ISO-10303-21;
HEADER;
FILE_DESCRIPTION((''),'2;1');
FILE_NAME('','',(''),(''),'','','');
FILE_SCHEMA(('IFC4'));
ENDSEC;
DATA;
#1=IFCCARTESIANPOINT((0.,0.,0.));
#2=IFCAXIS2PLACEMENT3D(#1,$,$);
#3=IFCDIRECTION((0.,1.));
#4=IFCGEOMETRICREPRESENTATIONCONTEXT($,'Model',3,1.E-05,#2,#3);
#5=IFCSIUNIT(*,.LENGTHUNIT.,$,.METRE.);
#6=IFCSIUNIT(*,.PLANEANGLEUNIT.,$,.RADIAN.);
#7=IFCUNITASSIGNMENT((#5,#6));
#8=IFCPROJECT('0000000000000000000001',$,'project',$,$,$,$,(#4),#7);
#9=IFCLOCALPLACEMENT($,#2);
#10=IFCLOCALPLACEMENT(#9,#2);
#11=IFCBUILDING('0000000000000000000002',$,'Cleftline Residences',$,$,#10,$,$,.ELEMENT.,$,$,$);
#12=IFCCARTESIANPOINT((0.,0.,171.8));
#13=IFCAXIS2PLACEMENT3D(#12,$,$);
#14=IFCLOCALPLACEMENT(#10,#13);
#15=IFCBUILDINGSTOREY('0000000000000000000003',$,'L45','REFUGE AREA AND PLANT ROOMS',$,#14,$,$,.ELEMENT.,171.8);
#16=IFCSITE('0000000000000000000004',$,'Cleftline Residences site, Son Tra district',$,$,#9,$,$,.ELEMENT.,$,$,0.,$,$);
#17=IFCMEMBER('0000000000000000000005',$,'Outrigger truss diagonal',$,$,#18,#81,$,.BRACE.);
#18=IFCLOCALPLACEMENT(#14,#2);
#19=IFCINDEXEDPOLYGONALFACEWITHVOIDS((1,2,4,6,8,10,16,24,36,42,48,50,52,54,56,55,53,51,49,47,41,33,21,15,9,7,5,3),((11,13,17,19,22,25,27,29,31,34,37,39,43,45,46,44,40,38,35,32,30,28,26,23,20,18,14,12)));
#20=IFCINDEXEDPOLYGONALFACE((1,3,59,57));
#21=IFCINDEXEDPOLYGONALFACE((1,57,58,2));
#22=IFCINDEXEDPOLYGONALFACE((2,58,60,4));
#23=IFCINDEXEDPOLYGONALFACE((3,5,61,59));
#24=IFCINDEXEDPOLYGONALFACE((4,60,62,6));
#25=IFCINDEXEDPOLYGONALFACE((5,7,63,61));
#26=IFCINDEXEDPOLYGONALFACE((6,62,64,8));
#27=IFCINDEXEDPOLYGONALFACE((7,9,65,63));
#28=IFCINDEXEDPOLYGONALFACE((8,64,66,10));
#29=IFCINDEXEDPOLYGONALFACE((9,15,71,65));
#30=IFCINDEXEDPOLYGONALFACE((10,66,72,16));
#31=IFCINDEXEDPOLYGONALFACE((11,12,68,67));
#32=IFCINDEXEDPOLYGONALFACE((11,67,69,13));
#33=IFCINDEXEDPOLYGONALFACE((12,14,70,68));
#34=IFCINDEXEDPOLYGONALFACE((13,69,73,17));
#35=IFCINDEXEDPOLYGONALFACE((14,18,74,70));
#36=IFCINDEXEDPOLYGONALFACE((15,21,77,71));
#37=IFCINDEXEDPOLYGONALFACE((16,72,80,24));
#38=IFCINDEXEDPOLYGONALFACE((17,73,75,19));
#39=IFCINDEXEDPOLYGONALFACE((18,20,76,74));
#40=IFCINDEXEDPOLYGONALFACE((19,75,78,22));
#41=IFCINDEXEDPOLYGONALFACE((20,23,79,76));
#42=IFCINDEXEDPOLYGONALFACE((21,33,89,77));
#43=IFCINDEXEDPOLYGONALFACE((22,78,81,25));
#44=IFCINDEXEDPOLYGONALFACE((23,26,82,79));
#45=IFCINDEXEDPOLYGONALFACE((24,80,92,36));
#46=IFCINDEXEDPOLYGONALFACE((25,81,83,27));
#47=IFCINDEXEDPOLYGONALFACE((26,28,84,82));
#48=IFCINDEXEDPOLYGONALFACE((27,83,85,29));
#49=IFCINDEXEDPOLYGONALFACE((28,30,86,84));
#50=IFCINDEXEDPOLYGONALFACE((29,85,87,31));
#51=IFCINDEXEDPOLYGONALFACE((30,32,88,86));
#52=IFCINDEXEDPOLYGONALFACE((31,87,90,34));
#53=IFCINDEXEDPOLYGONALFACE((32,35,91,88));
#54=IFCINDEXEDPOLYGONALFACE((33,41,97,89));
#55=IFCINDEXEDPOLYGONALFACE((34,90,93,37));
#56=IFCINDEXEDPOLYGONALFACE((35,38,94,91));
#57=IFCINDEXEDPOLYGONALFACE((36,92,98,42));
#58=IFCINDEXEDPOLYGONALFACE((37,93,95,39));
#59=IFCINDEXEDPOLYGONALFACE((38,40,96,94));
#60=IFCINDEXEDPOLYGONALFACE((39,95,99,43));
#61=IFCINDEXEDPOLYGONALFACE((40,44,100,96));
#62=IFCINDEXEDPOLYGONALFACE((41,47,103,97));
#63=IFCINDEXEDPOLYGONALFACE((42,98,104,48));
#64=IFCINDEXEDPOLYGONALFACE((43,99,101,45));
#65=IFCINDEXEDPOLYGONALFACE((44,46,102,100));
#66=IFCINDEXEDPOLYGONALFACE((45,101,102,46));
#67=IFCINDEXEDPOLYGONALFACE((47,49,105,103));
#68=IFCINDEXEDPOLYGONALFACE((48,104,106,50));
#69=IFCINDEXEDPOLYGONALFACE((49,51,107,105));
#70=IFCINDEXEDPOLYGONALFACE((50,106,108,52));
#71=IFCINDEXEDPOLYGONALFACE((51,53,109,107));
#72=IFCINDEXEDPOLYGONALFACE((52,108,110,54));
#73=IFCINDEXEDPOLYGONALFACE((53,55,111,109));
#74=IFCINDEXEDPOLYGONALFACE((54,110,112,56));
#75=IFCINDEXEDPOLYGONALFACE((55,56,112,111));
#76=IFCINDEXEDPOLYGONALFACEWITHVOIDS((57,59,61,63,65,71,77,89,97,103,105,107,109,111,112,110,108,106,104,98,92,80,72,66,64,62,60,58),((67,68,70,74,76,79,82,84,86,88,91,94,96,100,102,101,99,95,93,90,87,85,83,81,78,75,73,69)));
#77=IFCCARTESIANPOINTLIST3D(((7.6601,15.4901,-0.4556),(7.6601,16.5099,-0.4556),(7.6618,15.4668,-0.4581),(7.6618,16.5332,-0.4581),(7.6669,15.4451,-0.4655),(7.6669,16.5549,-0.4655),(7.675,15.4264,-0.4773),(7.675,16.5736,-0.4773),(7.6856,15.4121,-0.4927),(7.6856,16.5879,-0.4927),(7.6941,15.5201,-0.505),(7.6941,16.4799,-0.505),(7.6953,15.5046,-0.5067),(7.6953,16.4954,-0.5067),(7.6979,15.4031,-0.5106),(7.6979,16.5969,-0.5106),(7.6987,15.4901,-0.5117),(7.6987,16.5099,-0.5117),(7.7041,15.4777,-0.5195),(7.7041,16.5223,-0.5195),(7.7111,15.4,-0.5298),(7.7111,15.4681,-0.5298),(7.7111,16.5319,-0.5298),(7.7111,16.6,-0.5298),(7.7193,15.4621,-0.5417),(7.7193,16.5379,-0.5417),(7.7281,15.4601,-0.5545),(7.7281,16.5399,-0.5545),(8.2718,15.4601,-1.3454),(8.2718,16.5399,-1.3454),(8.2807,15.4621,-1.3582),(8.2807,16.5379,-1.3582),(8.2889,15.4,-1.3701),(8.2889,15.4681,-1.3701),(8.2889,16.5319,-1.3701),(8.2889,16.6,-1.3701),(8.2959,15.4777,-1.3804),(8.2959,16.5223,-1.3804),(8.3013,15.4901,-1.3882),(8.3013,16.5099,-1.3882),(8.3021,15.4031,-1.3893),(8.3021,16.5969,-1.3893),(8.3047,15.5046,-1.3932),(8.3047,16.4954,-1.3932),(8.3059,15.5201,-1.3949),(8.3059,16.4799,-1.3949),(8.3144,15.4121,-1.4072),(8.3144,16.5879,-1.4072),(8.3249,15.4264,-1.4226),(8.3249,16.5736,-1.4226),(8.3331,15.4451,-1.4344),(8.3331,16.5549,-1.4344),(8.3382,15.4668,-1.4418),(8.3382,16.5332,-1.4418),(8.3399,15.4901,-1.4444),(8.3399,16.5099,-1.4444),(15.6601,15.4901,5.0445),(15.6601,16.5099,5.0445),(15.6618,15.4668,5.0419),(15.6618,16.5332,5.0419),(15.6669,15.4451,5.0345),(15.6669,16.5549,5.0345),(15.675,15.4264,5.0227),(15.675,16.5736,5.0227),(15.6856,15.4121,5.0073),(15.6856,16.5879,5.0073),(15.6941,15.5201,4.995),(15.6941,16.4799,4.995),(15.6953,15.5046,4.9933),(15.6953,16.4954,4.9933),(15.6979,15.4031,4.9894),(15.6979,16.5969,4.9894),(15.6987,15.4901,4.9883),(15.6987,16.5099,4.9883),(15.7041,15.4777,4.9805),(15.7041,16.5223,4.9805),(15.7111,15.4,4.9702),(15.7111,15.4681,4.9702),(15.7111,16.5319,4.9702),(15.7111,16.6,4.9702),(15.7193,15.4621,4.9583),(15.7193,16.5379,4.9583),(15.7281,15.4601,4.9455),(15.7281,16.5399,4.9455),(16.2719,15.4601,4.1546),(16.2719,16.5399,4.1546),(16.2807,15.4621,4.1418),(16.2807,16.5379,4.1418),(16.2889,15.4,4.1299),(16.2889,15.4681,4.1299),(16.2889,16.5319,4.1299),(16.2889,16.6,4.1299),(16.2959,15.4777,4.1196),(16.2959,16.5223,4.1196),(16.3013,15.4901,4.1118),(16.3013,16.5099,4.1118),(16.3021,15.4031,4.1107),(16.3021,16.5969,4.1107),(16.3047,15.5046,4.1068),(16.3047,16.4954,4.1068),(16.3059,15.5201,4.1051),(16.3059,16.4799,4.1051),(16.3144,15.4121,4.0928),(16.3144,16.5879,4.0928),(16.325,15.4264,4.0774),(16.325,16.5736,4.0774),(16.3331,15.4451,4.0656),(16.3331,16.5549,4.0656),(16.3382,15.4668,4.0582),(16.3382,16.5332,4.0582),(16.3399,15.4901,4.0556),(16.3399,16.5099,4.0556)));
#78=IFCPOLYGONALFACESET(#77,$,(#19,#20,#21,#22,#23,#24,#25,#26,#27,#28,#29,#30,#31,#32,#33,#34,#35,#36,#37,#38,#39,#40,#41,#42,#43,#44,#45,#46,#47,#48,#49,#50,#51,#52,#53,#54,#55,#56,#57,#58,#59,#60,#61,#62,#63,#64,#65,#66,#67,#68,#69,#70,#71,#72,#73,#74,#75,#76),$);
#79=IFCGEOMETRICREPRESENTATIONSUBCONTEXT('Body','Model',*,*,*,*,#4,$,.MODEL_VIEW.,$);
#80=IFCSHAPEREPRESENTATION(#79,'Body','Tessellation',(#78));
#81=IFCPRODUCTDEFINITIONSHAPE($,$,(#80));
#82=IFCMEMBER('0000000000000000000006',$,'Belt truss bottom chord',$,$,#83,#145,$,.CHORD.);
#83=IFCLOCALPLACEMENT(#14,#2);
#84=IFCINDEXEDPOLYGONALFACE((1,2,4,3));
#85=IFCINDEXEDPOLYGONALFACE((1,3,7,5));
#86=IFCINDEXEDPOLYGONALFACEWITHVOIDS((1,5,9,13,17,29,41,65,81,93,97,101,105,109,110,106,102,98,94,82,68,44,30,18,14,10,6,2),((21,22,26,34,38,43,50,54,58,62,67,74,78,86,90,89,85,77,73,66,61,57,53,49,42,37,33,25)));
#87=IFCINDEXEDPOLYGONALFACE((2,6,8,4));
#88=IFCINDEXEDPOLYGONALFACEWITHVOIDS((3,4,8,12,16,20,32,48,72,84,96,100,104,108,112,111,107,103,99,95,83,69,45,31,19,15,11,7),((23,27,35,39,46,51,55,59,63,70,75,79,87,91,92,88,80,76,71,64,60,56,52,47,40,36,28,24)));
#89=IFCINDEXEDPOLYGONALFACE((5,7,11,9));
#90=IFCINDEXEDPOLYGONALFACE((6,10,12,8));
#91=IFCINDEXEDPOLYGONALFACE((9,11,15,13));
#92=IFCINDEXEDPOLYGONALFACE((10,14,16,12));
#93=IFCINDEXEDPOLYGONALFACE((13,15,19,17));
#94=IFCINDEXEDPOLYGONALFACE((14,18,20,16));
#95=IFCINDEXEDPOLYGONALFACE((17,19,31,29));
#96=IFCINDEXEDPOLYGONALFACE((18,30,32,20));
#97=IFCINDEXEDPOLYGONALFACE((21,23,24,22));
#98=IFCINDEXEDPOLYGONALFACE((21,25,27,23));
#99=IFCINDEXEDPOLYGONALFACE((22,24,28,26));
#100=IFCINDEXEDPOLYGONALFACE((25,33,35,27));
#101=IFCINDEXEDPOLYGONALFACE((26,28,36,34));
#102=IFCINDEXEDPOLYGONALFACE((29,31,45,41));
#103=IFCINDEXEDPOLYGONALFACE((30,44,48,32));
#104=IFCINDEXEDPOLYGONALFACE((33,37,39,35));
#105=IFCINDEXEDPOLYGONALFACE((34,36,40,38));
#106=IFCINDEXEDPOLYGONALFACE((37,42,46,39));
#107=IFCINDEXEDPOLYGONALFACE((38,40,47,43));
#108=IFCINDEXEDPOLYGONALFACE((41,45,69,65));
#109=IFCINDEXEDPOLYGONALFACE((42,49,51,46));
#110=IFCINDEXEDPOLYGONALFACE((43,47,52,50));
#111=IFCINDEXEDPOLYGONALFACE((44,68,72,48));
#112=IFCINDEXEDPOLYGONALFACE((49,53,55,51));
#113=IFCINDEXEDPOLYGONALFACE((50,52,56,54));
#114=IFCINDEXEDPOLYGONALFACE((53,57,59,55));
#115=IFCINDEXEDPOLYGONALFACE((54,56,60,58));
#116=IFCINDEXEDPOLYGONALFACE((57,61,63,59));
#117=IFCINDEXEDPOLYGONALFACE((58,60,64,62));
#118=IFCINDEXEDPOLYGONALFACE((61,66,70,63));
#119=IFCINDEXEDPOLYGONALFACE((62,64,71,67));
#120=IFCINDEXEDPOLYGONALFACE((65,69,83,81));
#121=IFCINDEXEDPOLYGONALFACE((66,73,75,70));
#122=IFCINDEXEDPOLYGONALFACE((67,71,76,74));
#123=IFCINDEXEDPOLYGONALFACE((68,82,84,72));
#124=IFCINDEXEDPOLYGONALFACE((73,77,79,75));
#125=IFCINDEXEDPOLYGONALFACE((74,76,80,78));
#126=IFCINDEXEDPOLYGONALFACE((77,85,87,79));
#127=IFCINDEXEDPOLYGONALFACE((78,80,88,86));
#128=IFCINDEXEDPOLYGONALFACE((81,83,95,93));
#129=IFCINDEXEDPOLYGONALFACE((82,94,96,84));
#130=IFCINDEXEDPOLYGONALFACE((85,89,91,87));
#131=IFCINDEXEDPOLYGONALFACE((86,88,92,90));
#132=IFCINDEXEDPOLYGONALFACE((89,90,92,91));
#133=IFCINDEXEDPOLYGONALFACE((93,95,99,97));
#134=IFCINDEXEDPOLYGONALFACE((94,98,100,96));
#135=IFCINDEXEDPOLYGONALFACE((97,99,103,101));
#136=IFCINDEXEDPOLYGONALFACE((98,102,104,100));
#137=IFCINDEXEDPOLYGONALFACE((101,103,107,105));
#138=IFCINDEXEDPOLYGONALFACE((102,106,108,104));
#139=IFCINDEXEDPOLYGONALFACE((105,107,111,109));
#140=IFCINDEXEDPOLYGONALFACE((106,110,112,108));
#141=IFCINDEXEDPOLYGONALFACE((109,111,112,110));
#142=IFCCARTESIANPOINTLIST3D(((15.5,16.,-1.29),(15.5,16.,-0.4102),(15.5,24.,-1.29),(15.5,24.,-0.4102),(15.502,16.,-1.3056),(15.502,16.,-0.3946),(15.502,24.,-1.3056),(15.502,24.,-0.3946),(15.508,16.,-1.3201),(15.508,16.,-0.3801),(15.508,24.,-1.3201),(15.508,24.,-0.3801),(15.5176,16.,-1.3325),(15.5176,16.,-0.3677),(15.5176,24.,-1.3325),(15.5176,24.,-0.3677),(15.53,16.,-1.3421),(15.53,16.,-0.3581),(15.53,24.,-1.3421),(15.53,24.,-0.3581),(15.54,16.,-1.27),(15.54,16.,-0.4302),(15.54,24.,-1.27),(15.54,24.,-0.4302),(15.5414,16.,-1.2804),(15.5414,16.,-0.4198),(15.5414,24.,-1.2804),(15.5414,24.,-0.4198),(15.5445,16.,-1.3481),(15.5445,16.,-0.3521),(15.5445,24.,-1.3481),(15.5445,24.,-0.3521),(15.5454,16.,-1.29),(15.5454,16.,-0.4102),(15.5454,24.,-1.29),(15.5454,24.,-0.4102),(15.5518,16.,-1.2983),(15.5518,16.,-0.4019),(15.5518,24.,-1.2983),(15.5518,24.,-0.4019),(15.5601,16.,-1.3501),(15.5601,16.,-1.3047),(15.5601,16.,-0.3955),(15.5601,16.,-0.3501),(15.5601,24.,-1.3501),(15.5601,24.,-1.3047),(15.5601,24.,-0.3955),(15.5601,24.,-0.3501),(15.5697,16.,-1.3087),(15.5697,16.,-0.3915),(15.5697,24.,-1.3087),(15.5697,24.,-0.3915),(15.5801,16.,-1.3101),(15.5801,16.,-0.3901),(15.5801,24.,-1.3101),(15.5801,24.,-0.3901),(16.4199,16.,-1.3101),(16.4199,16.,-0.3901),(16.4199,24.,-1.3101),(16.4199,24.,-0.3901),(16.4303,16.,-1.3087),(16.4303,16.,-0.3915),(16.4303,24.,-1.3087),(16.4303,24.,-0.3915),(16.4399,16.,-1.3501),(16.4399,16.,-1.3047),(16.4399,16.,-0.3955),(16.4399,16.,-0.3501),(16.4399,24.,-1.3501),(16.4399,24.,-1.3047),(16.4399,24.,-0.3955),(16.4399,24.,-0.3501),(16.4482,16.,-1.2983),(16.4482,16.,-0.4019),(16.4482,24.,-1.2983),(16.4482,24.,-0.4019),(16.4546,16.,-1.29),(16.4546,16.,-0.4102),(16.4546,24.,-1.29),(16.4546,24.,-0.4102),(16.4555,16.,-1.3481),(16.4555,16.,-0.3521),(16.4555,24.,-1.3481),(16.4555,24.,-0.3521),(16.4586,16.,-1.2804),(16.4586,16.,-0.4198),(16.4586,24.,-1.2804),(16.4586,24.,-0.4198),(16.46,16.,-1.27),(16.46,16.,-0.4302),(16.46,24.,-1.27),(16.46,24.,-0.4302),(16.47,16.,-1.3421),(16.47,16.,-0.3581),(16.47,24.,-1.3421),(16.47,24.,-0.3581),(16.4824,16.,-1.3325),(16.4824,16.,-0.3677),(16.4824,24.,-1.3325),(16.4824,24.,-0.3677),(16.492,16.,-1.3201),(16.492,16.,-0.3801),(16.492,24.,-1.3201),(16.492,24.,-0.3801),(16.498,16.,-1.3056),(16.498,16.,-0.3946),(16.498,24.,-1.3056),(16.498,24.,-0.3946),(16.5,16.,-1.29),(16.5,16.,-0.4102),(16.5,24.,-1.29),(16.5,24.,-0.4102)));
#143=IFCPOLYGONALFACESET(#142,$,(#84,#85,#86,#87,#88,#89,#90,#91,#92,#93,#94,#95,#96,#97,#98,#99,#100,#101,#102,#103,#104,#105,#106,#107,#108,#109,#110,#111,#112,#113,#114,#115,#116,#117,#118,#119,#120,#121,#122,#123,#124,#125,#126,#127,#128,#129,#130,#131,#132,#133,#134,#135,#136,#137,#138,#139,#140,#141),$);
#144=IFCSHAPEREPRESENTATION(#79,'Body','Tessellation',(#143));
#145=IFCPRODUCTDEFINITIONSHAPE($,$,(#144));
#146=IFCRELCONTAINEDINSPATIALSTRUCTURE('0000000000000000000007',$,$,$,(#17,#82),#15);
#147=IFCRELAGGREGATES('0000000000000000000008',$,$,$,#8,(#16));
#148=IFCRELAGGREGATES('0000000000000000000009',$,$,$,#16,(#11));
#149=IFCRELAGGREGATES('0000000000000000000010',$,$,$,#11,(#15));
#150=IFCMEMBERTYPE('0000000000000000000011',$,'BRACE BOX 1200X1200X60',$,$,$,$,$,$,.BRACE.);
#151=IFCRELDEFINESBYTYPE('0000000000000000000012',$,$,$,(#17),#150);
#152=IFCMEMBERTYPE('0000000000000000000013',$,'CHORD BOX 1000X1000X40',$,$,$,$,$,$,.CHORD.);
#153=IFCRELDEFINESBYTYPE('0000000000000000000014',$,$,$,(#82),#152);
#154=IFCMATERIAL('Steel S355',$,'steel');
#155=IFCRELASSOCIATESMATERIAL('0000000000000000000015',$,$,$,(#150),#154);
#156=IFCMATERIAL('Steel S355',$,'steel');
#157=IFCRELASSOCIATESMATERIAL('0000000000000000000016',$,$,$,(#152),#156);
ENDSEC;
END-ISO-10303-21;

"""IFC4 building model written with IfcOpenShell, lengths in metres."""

from ifc_helpers import new_model, si_unit, direction, frame, origin, origin_2d, place, context, subcontext, project, spatial, hollow_rectangle, extrude, material, material_profile, profile_set, type_object, element, save


model = new_model("IFC4")

# Units and contexts
model_context = context("Model", 3, precision=1e-05, world=origin(), true_north=direction((0.0, 1.0)))
body_context = subcontext(model_context, "Body", "Model", "MODEL_VIEW")
ifc_project = project(units=[si_unit("LENGTHUNIT", "METRE"), si_unit("PLANEANGLEUNIT", "RADIAN")], contexts=[model_context])

# Site, building, storey
site_placement = place(None, origin())
site = spatial("IfcSite", under=ifc_project, at=site_placement, Name="Cleftline Residences site, Son Tra district", CompositionType="ELEMENT", RefElevation=0.0)
building_placement = place(site_placement, origin())
building = spatial("IfcBuilding", under=site, at=building_placement, Name="Cleftline Residences", CompositionType="ELEMENT")
storey_placement = place(building_placement, frame((0.0, 0.0, 171.8)))
storey = spatial("IfcBuildingStorey", under=building, at=storey_placement, Name="L45", Description="REFUGE AREA AND PLANT ROOMS", CompositionType="ELEMENT", Elevation=171.8)

# Members
ifc_material_1 = material(Name="Steel S355", Category="steel")
ifc_material_profile_1 = material_profile(ifc_material_1, hollow_rectangle(XDim=1.2, YDim=1.2, WallThickness=0.0601, InnerFilletRadius=0.0601, OuterFilletRadius=0.0901, at=origin_2d()))
ifc_profile_set_1 = profile_set([ifc_material_profile_1], Name="Steel S355")
member_type_1 = type_object("IfcMemberType", Name="BRACE BOX 1200X1200X60", PredefinedType="BRACE", material=ifc_profile_set_1)
member_1_placement = place(storey_placement, frame((16.0, 16.0, 4.55), z_axis=(-0.824042, 0.0, -0.566529), x_axis=(-0.566529, 0.0, 0.824042)))
element("IfcMember", 1, at=member_1_placement, inside=storey, type_object=member_type_1, Name="Outrigger truss diagonal", PredefinedType="BRACE", context=body_context, shape_type="SweptSolid", body=[
    extrude(hollow_rectangle(XDim=1.2, YDim=1.2, WallThickness=0.0601, InnerFilletRadius=0.0601, OuterFilletRadius=0.0901, at=origin_2d()), origin(), (0.0, 0.0, 1.0), 9.7083),
])
ifc_material_2 = material(Name="Steel S355", Category="steel")
ifc_material_profile_2 = material_profile(ifc_material_2, hollow_rectangle(XDim=1.0, YDim=1.0, WallThickness=0.04, InnerFilletRadius=0.04, OuterFilletRadius=0.0601, at=origin_2d()))
ifc_profile_set_2 = profile_set([ifc_material_profile_2], Name="Steel S355")
member_type_2 = type_object("IfcMemberType", Name="CHORD BOX 1000X1000X40", PredefinedType="CHORD", material=ifc_profile_set_2)
for number, where, z_axis, x_axis, name in (
    (2, (16.0, 16.0, -0.8501), (0.0, 1.0, 0.0), (-1.0, 0.0, 0.0), "Belt truss bottom chord"),
):
    element("IfcMember", number, at=place(storey_placement, frame(where, z_axis=z_axis, x_axis=x_axis)), inside=storey, type_object=member_type_2, Name=name, PredefinedType="CHORD", context=body_context, shape_type="SweptSolid", body=[
        extrude(hollow_rectangle(XDim=1.0, YDim=1.0, WallThickness=0.04, InnerFilletRadius=0.04, OuterFilletRadius=0.0601, at=origin_2d()), origin(), (0.0, 0.0, 1.0), 8.0),
    ])

save(model, "model.ifc")
